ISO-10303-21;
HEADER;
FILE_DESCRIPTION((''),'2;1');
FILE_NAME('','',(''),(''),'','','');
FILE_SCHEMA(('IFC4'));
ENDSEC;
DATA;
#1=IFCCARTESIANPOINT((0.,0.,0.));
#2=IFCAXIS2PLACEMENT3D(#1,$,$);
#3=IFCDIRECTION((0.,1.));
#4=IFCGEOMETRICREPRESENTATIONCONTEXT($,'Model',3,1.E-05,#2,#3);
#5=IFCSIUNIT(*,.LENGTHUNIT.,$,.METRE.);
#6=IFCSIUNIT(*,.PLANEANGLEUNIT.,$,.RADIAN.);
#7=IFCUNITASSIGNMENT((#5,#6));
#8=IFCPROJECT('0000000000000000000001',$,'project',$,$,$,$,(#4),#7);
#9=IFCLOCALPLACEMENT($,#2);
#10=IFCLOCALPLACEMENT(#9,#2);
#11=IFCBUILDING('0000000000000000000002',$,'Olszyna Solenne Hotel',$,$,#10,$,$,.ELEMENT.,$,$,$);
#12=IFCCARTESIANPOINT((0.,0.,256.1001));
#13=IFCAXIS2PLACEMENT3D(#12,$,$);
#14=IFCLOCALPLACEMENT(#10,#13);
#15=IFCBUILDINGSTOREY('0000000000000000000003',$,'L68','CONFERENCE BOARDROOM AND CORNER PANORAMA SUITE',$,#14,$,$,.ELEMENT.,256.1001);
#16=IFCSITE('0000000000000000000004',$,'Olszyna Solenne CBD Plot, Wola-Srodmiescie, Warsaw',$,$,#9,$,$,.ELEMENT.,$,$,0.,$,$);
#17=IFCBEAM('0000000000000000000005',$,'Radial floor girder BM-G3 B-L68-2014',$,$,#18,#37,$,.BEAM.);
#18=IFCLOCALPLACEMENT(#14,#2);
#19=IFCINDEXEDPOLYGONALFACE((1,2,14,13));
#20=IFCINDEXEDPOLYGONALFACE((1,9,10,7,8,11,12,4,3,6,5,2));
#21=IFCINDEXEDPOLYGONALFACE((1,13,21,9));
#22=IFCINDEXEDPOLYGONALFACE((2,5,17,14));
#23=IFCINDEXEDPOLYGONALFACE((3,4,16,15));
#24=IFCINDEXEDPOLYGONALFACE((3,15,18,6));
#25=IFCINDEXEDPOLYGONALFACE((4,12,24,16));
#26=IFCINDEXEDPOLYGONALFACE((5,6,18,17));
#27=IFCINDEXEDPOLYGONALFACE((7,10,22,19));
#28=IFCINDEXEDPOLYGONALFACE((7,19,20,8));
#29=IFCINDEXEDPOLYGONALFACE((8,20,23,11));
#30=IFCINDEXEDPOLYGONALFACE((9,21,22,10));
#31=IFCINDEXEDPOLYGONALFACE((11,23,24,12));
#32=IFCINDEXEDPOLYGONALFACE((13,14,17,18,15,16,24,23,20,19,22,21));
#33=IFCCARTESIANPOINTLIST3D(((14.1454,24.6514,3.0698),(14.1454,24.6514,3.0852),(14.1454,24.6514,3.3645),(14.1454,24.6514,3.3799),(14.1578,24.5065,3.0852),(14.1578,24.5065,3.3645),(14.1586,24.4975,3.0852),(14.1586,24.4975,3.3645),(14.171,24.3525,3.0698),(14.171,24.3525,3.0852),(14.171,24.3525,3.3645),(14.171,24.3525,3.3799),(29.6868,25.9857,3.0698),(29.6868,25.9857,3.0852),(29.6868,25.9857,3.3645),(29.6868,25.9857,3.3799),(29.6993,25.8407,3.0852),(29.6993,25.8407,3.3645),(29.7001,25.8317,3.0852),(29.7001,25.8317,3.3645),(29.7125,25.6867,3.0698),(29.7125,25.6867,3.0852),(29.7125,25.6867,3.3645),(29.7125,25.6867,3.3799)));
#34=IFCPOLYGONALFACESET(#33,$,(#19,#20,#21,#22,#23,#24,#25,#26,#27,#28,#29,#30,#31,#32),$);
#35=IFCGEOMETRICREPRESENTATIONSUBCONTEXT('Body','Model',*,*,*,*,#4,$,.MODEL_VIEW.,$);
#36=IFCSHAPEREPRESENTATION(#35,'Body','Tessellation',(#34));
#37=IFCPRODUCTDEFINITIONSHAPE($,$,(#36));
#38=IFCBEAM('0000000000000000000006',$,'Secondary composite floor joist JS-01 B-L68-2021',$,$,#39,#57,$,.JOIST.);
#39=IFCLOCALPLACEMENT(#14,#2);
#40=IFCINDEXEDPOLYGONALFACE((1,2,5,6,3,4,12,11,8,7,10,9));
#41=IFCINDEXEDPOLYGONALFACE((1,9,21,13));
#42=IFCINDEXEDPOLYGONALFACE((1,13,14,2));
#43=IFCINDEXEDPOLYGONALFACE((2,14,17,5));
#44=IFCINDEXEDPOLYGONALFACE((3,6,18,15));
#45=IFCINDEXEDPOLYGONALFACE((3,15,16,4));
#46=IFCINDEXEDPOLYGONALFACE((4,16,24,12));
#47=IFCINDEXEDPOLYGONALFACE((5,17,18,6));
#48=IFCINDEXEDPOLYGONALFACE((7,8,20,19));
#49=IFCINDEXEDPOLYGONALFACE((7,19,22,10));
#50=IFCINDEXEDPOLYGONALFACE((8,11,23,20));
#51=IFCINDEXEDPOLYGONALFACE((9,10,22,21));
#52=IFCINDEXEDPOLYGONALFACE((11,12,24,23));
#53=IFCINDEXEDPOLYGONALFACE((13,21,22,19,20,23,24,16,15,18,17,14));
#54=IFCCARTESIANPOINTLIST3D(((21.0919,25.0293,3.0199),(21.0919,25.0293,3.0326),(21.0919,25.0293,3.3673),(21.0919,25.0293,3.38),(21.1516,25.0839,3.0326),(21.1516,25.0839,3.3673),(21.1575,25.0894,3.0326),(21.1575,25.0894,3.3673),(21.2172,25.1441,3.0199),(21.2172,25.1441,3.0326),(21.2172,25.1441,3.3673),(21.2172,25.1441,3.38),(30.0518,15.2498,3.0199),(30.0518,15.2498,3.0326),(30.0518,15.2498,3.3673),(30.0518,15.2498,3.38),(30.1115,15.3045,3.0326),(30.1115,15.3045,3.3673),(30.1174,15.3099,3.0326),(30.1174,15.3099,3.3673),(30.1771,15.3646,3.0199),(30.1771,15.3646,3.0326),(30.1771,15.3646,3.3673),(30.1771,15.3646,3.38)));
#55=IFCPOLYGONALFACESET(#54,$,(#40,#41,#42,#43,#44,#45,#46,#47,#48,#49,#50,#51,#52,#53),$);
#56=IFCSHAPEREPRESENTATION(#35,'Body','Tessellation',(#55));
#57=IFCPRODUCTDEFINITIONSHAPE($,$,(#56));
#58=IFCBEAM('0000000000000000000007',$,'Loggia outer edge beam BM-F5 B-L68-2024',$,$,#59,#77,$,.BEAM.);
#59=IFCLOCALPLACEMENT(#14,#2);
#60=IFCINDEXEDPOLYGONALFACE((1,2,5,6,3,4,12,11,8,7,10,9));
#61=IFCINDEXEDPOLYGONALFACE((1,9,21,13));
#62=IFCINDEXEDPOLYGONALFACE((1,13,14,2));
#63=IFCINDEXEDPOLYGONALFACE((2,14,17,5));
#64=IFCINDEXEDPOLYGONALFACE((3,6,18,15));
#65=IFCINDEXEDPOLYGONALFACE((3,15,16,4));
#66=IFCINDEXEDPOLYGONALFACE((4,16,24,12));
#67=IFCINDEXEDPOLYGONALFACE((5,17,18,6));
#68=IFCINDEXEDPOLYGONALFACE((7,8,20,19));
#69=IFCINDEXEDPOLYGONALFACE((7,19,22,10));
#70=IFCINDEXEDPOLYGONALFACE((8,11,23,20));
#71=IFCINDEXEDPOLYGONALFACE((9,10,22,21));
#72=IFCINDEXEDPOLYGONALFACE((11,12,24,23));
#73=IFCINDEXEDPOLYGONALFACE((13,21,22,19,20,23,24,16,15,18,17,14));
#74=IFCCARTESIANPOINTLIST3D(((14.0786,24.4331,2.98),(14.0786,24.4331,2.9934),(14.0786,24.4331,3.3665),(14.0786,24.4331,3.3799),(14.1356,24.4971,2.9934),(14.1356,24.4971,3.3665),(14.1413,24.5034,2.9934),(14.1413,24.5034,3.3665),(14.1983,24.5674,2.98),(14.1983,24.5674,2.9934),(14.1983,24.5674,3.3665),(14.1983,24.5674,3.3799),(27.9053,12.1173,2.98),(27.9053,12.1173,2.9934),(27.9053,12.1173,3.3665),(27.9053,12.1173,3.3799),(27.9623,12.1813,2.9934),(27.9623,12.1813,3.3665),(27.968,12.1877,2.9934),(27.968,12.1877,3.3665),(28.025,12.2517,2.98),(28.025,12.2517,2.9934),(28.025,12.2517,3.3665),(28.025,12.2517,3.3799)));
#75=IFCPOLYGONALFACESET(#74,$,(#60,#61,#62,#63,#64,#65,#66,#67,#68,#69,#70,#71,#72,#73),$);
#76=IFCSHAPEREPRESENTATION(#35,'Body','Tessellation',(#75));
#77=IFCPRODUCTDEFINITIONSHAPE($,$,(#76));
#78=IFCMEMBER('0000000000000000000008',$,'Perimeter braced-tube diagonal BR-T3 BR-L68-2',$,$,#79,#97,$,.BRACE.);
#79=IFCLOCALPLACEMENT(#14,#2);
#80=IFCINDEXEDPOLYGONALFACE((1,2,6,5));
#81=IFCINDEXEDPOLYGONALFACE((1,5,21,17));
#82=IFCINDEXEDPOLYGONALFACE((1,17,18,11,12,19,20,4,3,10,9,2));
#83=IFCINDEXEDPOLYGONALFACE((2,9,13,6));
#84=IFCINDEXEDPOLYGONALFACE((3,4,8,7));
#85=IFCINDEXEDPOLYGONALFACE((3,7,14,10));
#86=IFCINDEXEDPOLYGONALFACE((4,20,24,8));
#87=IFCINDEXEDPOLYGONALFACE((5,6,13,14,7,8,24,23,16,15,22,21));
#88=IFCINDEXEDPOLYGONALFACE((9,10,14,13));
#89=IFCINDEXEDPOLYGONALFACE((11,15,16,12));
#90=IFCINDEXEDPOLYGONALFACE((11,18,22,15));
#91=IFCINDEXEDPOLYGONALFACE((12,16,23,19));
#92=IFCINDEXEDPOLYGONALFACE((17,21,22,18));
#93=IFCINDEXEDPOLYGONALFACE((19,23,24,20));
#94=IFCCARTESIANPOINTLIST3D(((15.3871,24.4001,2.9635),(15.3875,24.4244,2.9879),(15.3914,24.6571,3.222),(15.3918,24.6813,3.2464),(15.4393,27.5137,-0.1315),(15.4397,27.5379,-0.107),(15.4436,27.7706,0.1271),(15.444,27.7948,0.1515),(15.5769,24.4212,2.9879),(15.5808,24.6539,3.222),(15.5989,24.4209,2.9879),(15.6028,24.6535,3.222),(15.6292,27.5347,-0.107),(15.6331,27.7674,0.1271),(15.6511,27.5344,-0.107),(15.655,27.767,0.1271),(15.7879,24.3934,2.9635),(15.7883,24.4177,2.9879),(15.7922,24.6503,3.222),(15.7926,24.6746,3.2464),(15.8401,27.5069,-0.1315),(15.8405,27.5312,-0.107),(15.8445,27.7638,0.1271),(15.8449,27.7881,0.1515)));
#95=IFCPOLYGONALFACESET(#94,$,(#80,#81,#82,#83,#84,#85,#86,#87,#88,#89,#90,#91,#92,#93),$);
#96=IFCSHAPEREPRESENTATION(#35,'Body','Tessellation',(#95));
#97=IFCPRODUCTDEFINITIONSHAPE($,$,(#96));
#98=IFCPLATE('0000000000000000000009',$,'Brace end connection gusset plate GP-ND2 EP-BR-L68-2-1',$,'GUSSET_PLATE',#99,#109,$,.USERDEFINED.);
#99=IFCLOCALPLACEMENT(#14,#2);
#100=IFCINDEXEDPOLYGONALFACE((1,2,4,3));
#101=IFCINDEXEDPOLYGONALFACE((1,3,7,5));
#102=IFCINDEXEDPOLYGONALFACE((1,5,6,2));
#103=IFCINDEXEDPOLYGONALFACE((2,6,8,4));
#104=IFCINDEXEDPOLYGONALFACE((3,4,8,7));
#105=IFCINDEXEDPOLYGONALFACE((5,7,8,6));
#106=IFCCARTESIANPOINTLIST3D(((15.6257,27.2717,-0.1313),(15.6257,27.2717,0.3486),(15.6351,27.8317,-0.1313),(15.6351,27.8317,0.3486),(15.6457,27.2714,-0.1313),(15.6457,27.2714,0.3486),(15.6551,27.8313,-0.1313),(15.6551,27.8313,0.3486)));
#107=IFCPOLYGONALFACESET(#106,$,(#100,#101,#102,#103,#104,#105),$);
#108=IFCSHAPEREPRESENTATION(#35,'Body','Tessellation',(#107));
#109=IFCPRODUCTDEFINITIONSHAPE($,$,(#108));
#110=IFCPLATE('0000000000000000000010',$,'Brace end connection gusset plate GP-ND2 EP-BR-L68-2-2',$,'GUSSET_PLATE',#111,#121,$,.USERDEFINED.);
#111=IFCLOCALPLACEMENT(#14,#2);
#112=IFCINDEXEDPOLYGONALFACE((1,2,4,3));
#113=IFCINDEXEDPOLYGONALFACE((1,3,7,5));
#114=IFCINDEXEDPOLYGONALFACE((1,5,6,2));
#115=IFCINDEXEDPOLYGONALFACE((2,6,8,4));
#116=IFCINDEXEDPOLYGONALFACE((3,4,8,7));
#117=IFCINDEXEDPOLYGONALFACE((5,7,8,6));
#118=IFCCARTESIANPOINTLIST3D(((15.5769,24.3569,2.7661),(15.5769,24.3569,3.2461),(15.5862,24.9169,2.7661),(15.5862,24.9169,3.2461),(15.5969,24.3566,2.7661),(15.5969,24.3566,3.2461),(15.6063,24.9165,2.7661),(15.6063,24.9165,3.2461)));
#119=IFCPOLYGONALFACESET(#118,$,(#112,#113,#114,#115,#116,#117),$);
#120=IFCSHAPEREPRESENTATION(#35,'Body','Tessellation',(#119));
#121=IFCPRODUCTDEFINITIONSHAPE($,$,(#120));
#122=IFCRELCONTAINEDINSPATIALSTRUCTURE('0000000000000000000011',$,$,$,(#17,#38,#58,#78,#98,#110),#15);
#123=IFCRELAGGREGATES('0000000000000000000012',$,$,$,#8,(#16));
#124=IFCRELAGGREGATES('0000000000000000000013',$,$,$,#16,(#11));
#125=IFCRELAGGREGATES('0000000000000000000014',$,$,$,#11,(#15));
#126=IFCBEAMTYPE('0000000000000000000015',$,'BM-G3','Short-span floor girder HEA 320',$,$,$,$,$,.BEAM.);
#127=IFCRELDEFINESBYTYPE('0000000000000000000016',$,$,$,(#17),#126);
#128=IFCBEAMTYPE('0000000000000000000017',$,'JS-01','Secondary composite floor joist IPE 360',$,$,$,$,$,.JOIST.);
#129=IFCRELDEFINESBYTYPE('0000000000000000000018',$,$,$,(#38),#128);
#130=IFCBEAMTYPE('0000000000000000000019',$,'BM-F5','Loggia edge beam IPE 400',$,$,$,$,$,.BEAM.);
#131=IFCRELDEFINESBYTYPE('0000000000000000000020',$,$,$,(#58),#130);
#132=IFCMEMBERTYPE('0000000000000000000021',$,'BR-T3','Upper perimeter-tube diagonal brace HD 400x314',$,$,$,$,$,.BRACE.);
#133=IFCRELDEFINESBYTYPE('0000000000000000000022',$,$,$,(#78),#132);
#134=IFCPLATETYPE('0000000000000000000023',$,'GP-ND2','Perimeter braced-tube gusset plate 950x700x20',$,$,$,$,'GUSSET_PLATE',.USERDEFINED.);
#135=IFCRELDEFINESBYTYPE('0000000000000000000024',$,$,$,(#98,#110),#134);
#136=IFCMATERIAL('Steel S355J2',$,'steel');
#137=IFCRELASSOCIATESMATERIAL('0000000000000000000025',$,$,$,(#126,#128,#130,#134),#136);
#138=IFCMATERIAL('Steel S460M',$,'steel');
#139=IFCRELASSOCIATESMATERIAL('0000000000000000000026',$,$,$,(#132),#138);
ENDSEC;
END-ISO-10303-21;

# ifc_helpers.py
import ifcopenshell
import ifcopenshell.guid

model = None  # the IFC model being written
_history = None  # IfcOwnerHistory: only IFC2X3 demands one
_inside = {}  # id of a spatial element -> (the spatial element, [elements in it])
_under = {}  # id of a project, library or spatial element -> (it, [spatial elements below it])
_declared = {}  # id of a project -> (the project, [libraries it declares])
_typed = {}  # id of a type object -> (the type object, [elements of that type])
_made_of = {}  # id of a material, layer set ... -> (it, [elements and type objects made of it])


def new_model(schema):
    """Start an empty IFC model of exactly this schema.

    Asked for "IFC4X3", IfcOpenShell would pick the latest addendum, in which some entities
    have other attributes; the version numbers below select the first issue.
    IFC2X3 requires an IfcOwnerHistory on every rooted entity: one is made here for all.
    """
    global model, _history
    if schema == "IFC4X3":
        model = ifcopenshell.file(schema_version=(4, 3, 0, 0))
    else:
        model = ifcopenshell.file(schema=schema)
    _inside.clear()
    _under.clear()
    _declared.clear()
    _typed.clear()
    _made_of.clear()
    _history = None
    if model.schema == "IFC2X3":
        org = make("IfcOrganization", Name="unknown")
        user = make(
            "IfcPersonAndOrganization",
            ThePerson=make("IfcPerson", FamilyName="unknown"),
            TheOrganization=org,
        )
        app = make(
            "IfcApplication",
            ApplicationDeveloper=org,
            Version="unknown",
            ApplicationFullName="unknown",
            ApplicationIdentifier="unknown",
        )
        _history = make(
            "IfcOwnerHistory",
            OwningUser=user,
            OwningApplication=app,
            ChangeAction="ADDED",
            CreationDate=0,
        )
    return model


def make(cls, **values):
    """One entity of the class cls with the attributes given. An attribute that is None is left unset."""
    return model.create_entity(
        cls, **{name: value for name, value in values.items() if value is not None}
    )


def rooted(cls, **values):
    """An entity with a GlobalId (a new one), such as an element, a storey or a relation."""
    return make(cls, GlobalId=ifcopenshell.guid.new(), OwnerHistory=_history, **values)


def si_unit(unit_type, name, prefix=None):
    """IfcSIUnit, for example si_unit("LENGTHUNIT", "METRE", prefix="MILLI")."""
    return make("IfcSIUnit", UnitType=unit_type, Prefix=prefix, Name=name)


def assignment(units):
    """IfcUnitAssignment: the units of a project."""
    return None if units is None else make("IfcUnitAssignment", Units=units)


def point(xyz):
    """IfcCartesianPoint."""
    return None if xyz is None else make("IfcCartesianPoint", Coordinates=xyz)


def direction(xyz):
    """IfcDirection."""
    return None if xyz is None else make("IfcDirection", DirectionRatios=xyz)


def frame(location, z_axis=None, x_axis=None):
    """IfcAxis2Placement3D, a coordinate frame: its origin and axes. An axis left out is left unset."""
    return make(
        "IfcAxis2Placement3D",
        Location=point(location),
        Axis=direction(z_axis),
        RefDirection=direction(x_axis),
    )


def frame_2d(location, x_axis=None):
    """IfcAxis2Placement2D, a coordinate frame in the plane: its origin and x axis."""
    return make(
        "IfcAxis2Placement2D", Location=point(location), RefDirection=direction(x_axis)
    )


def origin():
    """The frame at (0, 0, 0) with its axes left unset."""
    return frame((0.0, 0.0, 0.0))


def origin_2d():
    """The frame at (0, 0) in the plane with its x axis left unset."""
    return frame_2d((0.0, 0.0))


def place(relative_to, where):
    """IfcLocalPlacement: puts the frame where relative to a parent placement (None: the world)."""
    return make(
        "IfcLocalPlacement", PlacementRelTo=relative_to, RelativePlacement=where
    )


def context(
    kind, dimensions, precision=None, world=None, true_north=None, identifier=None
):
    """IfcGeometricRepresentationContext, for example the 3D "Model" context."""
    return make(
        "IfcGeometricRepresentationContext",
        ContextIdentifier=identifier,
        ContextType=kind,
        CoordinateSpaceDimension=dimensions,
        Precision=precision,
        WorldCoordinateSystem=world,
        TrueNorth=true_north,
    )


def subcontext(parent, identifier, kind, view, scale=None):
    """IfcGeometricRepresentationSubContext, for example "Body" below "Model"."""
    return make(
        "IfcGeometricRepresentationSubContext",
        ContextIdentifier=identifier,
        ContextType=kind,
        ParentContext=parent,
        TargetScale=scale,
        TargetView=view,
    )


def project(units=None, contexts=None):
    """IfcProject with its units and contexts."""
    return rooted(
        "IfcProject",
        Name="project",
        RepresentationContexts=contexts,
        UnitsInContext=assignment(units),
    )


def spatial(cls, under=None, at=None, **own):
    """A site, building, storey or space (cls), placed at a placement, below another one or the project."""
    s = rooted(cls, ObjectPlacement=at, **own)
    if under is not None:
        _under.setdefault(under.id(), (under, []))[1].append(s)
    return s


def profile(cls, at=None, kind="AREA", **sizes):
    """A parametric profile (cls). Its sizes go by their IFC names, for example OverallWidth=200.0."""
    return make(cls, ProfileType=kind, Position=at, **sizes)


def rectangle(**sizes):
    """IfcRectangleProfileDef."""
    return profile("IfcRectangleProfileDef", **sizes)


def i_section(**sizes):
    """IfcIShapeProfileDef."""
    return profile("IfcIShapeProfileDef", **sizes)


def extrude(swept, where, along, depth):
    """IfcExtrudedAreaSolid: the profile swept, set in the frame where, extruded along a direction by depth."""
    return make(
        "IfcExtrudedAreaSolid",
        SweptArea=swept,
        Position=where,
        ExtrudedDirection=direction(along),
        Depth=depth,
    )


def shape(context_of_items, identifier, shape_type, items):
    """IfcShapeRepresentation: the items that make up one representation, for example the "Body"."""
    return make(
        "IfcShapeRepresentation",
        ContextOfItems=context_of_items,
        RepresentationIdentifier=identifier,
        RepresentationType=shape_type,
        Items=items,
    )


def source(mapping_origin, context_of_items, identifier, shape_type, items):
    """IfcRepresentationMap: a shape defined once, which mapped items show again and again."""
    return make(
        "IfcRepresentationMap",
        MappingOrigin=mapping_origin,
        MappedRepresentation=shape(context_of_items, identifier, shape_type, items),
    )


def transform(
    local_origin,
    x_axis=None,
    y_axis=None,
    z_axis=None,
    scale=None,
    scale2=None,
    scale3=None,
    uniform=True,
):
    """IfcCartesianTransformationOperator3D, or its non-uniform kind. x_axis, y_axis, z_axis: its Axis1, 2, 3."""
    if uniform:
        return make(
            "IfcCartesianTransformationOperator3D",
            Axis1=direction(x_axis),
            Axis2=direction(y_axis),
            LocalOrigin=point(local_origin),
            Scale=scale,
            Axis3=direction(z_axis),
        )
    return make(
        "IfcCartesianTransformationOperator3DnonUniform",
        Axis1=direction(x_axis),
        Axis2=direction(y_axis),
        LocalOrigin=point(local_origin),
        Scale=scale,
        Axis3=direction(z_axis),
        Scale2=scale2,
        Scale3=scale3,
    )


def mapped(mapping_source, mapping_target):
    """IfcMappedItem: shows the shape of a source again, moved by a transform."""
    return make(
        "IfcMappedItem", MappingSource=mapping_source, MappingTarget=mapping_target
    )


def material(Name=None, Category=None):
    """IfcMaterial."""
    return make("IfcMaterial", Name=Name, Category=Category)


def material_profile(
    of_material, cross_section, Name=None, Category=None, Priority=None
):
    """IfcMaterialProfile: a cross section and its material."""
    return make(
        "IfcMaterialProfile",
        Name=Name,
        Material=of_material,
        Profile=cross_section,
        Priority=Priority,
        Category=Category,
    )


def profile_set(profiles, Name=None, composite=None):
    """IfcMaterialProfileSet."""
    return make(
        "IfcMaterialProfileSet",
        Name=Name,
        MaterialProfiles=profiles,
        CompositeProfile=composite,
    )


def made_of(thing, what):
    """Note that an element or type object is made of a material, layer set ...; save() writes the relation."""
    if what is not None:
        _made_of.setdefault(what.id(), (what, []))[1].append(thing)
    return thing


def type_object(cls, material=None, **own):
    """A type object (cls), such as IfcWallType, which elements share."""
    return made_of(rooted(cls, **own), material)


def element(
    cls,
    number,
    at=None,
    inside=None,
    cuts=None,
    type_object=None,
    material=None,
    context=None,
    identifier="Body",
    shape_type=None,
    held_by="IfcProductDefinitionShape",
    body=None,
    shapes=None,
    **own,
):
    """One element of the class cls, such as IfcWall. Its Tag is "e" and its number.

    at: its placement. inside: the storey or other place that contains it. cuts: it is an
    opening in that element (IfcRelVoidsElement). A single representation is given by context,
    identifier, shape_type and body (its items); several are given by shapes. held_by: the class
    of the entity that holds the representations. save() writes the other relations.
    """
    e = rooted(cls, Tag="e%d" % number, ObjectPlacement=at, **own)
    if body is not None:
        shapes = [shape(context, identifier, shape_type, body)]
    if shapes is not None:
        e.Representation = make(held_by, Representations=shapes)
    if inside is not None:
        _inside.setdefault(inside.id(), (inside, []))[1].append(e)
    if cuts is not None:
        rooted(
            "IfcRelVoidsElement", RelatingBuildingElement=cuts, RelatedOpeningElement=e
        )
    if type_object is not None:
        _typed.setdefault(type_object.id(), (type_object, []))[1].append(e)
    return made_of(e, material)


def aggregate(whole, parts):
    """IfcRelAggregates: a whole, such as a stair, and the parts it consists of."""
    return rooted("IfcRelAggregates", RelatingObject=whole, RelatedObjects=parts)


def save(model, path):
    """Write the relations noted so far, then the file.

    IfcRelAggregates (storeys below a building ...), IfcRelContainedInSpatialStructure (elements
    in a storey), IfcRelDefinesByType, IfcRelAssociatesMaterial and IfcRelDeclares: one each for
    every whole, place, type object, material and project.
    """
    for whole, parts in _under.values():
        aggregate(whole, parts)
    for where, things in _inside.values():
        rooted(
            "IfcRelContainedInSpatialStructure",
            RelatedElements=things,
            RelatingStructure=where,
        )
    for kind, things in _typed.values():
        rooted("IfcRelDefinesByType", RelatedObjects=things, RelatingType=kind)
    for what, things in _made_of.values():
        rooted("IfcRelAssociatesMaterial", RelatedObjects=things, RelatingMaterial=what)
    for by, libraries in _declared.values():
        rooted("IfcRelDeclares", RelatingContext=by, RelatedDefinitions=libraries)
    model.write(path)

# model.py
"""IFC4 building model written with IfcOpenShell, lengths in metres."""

from ifc_helpers import new_model, si_unit, direction, frame, origin, origin_2d, place, context, subcontext, project, spatial, rectangle, i_section, extrude, source, transform, mapped, material, material_profile, profile_set, type_object, element, save


model = new_model("IFC4")

# Units and contexts
model_context = context("Model", 3, precision=1e-05, world=origin(), true_north=direction((0.0, 1.0)))
body_context = subcontext(model_context, "Body", "Model", "MODEL_VIEW")
ifc_project = project(units=[si_unit("LENGTHUNIT", "METRE"), si_unit("PLANEANGLEUNIT", "RADIAN")], contexts=[model_context])

# Site, building, storey
site_placement = place(None, origin())
site = spatial("IfcSite", under=ifc_project, at=site_placement, Name="Olszyna Solenne CBD Plot, Wola-Srodmiescie, Warsaw", CompositionType="ELEMENT", RefElevation=0.0)
building_placement = place(site_placement, origin())
building = spatial("IfcBuilding", under=site, at=building_placement, Name="Olszyna Solenne Hotel", CompositionType="ELEMENT")
storey_placement = place(building_placement, frame((0.0, 0.0, 256.1001)))
storey = spatial("IfcBuildingStorey", under=building, at=storey_placement, Name="L68", Description="CONFERENCE BOARDROOM AND CORNER PANORAMA SUITE", CompositionType="ELEMENT", Elevation=256.1001)

# Shared definitions
ifc_material_1 = material(Name="Steel S460M", Category="steel")

# Beams
ifc_material_2 = material(Name="Steel S355J2", Category="steel")
ifc_material_profile_1 = material_profile(ifc_material_2, i_section(OverallWidth=0.3, OverallDepth=0.3101, WebThickness=0.009, FlangeThickness=0.0154, at=origin_2d()), Name="HEA 320", Category="load-bearing")
ifc_profile_set_1 = profile_set([ifc_material_profile_1], Name="Steel S355J2")
beam_type_1 = type_object("IfcBeamType", Name="BM-G3", Description="Short-span floor girder HEA 320", PredefinedType="BEAM", material=ifc_profile_set_1)
shared_shape_1 = source(origin(), body_context, "Body", "SweptSolid", [
    extrude(i_section(OverallWidth=0.3, OverallDepth=0.3101, WebThickness=0.009, FlangeThickness=0.0154, at=origin_2d()), origin(), (0.0, 0.0, 1.0), 15.5986),
])
beam_1_placement = place(storey_placement, frame((14.1582, 24.502, 3.2249), z_axis=(0.996335, 0.085535, 0.0), x_axis=(-0.085535, 0.996335, 0.0)))
element("IfcBeam", 1, at=beam_1_placement, inside=storey, type_object=beam_type_1, Name="Radial floor girder BM-G3 B-L68-2014", PredefinedType="BEAM", context=body_context, shape_type="MappedRepresentation", body=[
    mapped(shared_shape_1, transform((0.0, 0.0, 0.0), x_axis=(1.0, 0.0, 0.0), y_axis=(0.0, 1.0, 0.0), z_axis=(0.0, 0.0, 1.0), scale=1.0)),
])
ifc_material_profile_2 = material_profile(ifc_material_2, i_section(OverallWidth=0.1699, OverallDepth=0.3601, WebThickness=0.0081, FlangeThickness=0.0127, at=origin_2d()), Name="IPE 360", Category="load-bearing")
ifc_profile_set_2 = profile_set([ifc_material_profile_2], Name="Steel S355J2")
beam_type_2 = type_object("IfcBeamType", Name="JS-01", Description="Secondary composite floor joist IPE 360", PredefinedType="JOIST", material=ifc_profile_set_2)
shared_shape_2 = source(origin(), body_context, "Body", "SweptSolid", [
    extrude(i_section(OverallWidth=0.1699, OverallDepth=0.3601, WebThickness=0.0081, FlangeThickness=0.0127, at=origin_2d()), origin(), (0.0, 0.0, 1.0), 13.2634),
])
beam_2_placement = place(storey_placement, frame((21.1545, 25.0867, 3.2), z_axis=(0.675535, -0.737328, 0.0), x_axis=(0.737328, 0.675535, 0.0)))
element("IfcBeam", 2, at=beam_2_placement, inside=storey, type_object=beam_type_2, Name="Secondary composite floor joist JS-01 B-L68-2021", PredefinedType="JOIST", context=body_context, shape_type="MappedRepresentation", body=[
    mapped(shared_shape_2, transform((0.0, 0.0, 0.0), x_axis=(1.0, 0.0, 0.0), y_axis=(0.0, 1.0, 0.0), z_axis=(0.0, 0.0, 1.0), scale=1.0)),
])
ifc_material_profile_3 = material_profile(ifc_material_2, i_section(OverallWidth=0.1799, OverallDepth=0.3999, WebThickness=0.0085, FlangeThickness=0.0134, at=origin_2d()), Name="IPE 400", Category="load-bearing")
ifc_profile_set_3 = profile_set([ifc_material_profile_3], Name="Steel S355J2")
beam_type_3 = type_object("IfcBeamType", Name="BM-F5", Description="Loggia edge beam IPE 400", PredefinedType="BEAM", material=ifc_profile_set_3)
shared_shape_3 = source(origin(), body_context, "Body", "SweptSolid", [
    extrude(i_section(OverallWidth=0.1799, OverallDepth=0.3999, WebThickness=0.0085, FlangeThickness=0.0134, at=origin_2d()), origin(), (0.0, 0.0, 1.0), 18.5164),
])
beam_3_placement = place(storey_placement, frame((14.1384, 24.5002, 3.1799), z_axis=(0.74673, -0.665127, 0.0), x_axis=(0.665127, 0.74673, 0.0)))
element("IfcBeam", 3, at=beam_3_placement, inside=storey, type_object=beam_type_3, Name="Loggia outer edge beam BM-F5 B-L68-2024", PredefinedType="BEAM", context=body_context, shape_type="MappedRepresentation", body=[
    mapped(shared_shape_3, transform((0.0, 0.0, 0.0), x_axis=(1.0, 0.0, 0.0), y_axis=(0.0, 1.0, 0.0), z_axis=(0.0, 0.0, 1.0), scale=1.0)),
])

# Member
ifc_material_profile_4 = material_profile(ifc_material_1, i_section(OverallWidth=0.4009, OverallDepth=0.3989, WebThickness=0.022, FlangeThickness=0.0344, at=origin_2d()), Name="HD 400x314", Category="load-bearing")
ifc_profile_set_4 = profile_set([ifc_material_profile_4], Name="Steel S460M")
member_type = type_object("IfcMemberType", Name="BR-T3", Description="Upper perimeter-tube diagonal brace HD 400x314", PredefinedType="BRACE", material=ifc_profile_set_4)
shared_shape_4 = source(origin(), body_context, "Body", "SweptSolid", [
    extrude(i_section(OverallWidth=0.4009, OverallDepth=0.3989, WebThickness=0.022, FlangeThickness=0.0344, at=origin_2d()), origin(), (0.0, 0.0, 1.0), 4.3904),
])
member_placement = place(storey_placement, frame((15.6421, 27.6509, 0.01), z_axis=(-0.0119, -0.709167, 0.70494), x_axis=(0.999859, -0.016778, 0.0)))
element("IfcMember", 4, at=member_placement, inside=storey, type_object=member_type, Name="Perimeter braced-tube diagonal BR-T3 BR-L68-2", PredefinedType="BRACE", context=body_context, shape_type="MappedRepresentation", body=[
    mapped(shared_shape_4, transform((0.0, 0.0, 0.0), x_axis=(1.0, 0.0, 0.0), y_axis=(0.0, 1.0, 0.0), z_axis=(0.0, 0.0, 1.0), scale=1.0)),
])

# Plates
plate_type = type_object("IfcPlateType", Name="GP-ND2", Description="Perimeter braced-tube gusset plate 950x700x20", ElementType="GUSSET_PLATE", PredefinedType="USERDEFINED", material=ifc_material_2)
shared_shape_5 = source(origin(), body_context, "Body", "SweptSolid", [
    extrude(rectangle(XDim=0.5601, YDim=0.02, at=origin_2d()), origin(), (0.0, 0.0, 1.0), 0.48),
])
for number, where, z_axis, x_axis, name in (
    (5, (15.6404, 27.5515, -0.1313), (0.0, 0.0, 1.0), (-0.016754, -0.99986, 0.0), "Brace end connection gusset plate GP-ND2 EP-BR-L68-2-1"),
    (6, (15.5916, 24.6367, 2.7661), (0.0, 0.0, 1.0), (-0.016754, -0.99986, 0.0), "Brace end connection gusset plate GP-ND2 EP-BR-L68-2-2"),
):
    element("IfcPlate", number, at=place(storey_placement, frame(where, z_axis=z_axis, x_axis=x_axis)), inside=storey, type_object=plate_type, Name=name, ObjectType="GUSSET_PLATE", PredefinedType="USERDEFINED", context=body_context, shape_type="MappedRepresentation", body=[
        mapped(shared_shape_5, transform((0.0, 0.0, 0.0), x_axis=(1.0, 0.0, 0.0), y_axis=(0.0, 1.0, 0.0), z_axis=(0.0, 0.0, 1.0), scale=1.0)),
    ])

save(model, "model.ifc")
